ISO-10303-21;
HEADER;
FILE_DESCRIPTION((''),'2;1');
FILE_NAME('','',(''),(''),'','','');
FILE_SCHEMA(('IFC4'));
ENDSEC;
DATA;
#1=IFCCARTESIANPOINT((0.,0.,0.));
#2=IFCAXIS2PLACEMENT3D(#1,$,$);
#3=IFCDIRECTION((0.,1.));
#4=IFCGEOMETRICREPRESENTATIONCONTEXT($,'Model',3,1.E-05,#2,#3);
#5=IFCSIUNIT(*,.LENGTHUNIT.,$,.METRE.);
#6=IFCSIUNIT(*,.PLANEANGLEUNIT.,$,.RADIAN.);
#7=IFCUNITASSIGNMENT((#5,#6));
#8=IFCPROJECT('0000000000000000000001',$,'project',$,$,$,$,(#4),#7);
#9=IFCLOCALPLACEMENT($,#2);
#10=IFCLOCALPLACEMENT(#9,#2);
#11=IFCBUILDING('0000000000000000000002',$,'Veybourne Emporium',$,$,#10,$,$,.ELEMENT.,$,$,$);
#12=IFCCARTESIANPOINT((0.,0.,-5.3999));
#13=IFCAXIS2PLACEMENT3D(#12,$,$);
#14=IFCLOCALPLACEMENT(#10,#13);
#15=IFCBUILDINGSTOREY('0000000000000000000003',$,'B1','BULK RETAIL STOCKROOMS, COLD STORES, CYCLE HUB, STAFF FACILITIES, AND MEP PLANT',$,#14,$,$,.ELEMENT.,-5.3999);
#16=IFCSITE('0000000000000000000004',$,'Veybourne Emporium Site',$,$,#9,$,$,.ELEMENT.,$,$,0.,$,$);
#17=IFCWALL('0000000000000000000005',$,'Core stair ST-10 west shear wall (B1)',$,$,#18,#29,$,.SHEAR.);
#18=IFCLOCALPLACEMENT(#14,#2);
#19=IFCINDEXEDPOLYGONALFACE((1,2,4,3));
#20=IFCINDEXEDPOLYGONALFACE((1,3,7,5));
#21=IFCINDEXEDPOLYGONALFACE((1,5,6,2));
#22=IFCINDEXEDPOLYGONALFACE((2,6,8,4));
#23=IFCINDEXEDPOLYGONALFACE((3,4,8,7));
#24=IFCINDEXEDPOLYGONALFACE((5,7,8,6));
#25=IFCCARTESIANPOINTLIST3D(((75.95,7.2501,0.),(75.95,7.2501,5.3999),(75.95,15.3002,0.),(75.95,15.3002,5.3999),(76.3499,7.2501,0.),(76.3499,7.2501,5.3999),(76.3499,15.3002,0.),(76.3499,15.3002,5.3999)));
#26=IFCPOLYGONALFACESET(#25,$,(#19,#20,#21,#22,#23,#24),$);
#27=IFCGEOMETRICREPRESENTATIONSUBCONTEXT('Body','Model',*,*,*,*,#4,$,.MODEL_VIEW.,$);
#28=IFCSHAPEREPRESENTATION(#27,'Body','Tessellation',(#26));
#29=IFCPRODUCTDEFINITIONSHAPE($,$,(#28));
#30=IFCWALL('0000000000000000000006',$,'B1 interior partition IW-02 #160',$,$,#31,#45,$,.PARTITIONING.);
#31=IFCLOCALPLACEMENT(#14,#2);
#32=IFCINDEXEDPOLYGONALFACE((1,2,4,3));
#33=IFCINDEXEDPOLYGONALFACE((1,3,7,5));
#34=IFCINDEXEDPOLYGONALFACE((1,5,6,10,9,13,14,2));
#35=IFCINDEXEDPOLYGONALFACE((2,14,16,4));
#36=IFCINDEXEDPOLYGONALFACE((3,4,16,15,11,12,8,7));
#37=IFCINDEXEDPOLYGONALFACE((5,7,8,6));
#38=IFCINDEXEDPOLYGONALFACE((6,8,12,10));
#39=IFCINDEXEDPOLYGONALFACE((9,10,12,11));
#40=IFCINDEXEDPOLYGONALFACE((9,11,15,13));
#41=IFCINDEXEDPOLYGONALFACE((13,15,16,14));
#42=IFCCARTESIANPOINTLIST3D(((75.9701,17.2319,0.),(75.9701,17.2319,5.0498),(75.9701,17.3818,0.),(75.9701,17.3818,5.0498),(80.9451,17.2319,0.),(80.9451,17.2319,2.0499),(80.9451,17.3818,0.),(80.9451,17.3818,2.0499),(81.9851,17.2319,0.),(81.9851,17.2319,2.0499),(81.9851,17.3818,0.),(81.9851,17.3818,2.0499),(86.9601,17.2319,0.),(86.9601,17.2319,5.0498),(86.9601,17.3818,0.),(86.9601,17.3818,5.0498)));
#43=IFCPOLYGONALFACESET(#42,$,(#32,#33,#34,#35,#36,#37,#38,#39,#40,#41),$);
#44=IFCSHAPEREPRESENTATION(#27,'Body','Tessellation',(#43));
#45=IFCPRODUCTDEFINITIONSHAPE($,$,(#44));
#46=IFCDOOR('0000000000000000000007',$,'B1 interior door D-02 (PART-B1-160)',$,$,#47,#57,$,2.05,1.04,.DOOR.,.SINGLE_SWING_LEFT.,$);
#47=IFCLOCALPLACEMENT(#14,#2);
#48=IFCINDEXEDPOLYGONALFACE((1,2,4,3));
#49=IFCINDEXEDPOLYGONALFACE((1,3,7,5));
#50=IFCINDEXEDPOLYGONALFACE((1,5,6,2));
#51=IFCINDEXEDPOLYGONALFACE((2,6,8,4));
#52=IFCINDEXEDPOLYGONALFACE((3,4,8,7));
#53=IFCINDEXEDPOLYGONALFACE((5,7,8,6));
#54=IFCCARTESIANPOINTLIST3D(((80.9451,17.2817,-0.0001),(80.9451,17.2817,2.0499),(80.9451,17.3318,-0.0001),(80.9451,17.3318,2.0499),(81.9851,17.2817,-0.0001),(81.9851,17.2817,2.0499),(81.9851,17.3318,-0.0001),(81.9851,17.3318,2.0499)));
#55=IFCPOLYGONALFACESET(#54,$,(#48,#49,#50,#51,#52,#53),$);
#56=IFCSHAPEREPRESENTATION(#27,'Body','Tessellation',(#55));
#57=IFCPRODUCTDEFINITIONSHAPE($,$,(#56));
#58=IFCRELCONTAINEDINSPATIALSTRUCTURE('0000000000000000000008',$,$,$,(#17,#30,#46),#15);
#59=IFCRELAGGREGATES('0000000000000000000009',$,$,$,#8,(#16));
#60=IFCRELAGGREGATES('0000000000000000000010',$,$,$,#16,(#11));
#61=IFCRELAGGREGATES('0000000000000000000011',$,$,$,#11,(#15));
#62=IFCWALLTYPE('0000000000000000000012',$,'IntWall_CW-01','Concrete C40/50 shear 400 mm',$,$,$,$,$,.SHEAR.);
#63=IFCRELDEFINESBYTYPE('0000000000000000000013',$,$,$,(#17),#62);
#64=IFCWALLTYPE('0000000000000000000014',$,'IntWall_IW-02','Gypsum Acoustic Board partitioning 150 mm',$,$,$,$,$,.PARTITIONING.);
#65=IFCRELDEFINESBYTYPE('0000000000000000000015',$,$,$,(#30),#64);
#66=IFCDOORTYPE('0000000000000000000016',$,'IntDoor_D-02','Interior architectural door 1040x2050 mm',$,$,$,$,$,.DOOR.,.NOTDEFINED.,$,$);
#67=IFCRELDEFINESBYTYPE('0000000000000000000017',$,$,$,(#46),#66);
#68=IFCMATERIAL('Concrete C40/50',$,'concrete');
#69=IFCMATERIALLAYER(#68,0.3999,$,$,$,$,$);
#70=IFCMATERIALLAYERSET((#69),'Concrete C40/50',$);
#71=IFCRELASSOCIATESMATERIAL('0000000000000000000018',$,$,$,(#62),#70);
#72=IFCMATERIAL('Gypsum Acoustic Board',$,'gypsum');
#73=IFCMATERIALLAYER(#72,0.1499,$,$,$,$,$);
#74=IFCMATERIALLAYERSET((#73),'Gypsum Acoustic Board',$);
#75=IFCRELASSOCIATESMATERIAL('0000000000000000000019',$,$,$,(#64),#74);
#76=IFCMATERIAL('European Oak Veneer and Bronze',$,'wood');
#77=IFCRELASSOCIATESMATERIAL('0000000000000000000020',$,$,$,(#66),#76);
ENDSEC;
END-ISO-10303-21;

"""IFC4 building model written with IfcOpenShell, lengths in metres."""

from ifc_helpers import new_model, si_unit, direction, frame, frame_2d, origin, place, context, subcontext, project, spatial, rectangle, extrude, material, layer, layer_set, type_object, element, fill, save


model = new_model("IFC4")

# Units and contexts
model_context = context("Model", 3, precision=1e-05, world=origin(), true_north=direction((0.0, 1.0)))
body_context = subcontext(model_context, "Body", "Model", "MODEL_VIEW")
ifc_project = project(units=[si_unit("LENGTHUNIT", "METRE"), si_unit("PLANEANGLEUNIT", "RADIAN")], contexts=[model_context])

# Site, building, storey
site_placement = place(None, origin())
site = spatial("IfcSite", under=ifc_project, at=site_placement, Name="Veybourne Emporium Site", CompositionType="ELEMENT", RefElevation=0.0)
building_placement = place(site_placement, origin())
building = spatial("IfcBuilding", under=site, at=building_placement, Name="Veybourne Emporium", CompositionType="ELEMENT")
storey_placement = place(building_placement, frame((0.0, 0.0, -5.3999)))
storey = spatial("IfcBuildingStorey", under=building, at=storey_placement, Name="B1", Description="BULK RETAIL STOCKROOMS, COLD STORES, CYCLE HUB, STAFF FACILITIES, AND MEP PLANT", CompositionType="ELEMENT", Elevation=-5.3999)

# Shared definitions
ifc_material_1 = material(Name="Concrete C40/50", Category="concrete")

# Wall
ifc_layer_1 = layer(ifc_material_1, 0.3999)
ifc_layer_set_1 = layer_set([ifc_layer_1], Name="Concrete C40/50")
wall_type_1 = type_object("IfcWallType", Name="IntWall_CW-01", Description="Concrete C40/50 shear 400 mm", PredefinedType="SHEAR", material=ifc_layer_set_1)
wall_1_placement = place(storey_placement, frame((76.1499, 15.3, 0.0), z_axis=(0.0, 0.0, 1.0), x_axis=(0.0, -1.0, 0.0)))
element("IfcWall", 1, at=wall_1_placement, inside=storey, type_object=wall_type_1, Name="Core stair ST-10 west shear wall (B1)", PredefinedType="SHEAR", context=body_context, shape_type="SweptSolid", body=[
    extrude(rectangle(XDim=8.05, YDim=0.3999, at=frame_2d((4.0249, 0.0))), origin(), (0.0, 0.0, 1.0), 5.3999),
])

# Wall, opening, door
ifc_material_2 = material(Name="Gypsum Acoustic Board", Category="gypsum")
ifc_layer_2 = layer(ifc_material_2, 0.1499)
ifc_layer_set_2 = layer_set([ifc_layer_2], Name="Gypsum Acoustic Board")
wall_type_2 = type_object("IfcWallType", Name="IntWall_IW-02", Description="Gypsum Acoustic Board partitioning 150 mm", PredefinedType="PARTITIONING", material=ifc_layer_set_2)
wall_2_placement = place(storey_placement, frame((75.97, 17.3069, 0.0), z_axis=(0.0, 0.0, 1.0), x_axis=(1.0, 0.0, 0.0)))
wall_2 = element("IfcWall", 2, at=wall_2_placement, inside=storey, type_object=wall_type_2, Name="B1 interior partition IW-02 #160", PredefinedType="PARTITIONING", context=body_context, shape_type="SweptSolid", body=[
    extrude(rectangle(XDim=10.99, YDim=0.1499, at=frame_2d((5.4951, 0.0))), origin(), (0.0, 0.0, 1.0), 5.0498),
])
opening_placement = place(wall_2_placement, frame((4.9751, 0.0, 0.0)))
opening = element("IfcOpeningElement", 3, at=opening_placement, cuts=wall_2, PredefinedType="OPENING", context=body_context, shape_type="SweptSolid", body=[
    extrude(rectangle(XDim=1.04, YDim=2.05, at=frame_2d((0.52, 1.0249))), frame((0.0, 0.095, 0.0), z_axis=(0.0, -1.0, 0.0), x_axis=(1.0, 0.0, 0.0)), (0.0, 0.0, 1.0), 0.1899),
])
ifc_material_3 = material(Name="European Oak Veneer and Bronze", Category="wood")
door_type = type_object("IfcDoorType", Name="IntDoor_D-02", Description="Interior architectural door 1040x2050 mm", OperationType="NOTDEFINED", PredefinedType="DOOR", material=ifc_material_3)
door_placement = place(opening_placement, origin())
door = element("IfcDoor", 4, at=door_placement, inside=storey, type_object=door_type, Name="B1 interior door D-02 (PART-B1-160)", OperationType="SINGLE_SWING_LEFT", OverallHeight=2.05, OverallWidth=1.04, PredefinedType="DOOR", context=body_context, shape_type="SweptSolid", body=[
    extrude(rectangle(XDim=1.04, YDim=2.05, at=frame_2d((0.52, 1.0249))), frame((0.0, 0.0249, 0.0), z_axis=(0.0, -1.0, 0.0), x_axis=(1.0, 0.0, 0.0)), (0.0, 0.0, 1.0), 0.05),
])
fill(opening, door)

save(model, "model.ifc")
